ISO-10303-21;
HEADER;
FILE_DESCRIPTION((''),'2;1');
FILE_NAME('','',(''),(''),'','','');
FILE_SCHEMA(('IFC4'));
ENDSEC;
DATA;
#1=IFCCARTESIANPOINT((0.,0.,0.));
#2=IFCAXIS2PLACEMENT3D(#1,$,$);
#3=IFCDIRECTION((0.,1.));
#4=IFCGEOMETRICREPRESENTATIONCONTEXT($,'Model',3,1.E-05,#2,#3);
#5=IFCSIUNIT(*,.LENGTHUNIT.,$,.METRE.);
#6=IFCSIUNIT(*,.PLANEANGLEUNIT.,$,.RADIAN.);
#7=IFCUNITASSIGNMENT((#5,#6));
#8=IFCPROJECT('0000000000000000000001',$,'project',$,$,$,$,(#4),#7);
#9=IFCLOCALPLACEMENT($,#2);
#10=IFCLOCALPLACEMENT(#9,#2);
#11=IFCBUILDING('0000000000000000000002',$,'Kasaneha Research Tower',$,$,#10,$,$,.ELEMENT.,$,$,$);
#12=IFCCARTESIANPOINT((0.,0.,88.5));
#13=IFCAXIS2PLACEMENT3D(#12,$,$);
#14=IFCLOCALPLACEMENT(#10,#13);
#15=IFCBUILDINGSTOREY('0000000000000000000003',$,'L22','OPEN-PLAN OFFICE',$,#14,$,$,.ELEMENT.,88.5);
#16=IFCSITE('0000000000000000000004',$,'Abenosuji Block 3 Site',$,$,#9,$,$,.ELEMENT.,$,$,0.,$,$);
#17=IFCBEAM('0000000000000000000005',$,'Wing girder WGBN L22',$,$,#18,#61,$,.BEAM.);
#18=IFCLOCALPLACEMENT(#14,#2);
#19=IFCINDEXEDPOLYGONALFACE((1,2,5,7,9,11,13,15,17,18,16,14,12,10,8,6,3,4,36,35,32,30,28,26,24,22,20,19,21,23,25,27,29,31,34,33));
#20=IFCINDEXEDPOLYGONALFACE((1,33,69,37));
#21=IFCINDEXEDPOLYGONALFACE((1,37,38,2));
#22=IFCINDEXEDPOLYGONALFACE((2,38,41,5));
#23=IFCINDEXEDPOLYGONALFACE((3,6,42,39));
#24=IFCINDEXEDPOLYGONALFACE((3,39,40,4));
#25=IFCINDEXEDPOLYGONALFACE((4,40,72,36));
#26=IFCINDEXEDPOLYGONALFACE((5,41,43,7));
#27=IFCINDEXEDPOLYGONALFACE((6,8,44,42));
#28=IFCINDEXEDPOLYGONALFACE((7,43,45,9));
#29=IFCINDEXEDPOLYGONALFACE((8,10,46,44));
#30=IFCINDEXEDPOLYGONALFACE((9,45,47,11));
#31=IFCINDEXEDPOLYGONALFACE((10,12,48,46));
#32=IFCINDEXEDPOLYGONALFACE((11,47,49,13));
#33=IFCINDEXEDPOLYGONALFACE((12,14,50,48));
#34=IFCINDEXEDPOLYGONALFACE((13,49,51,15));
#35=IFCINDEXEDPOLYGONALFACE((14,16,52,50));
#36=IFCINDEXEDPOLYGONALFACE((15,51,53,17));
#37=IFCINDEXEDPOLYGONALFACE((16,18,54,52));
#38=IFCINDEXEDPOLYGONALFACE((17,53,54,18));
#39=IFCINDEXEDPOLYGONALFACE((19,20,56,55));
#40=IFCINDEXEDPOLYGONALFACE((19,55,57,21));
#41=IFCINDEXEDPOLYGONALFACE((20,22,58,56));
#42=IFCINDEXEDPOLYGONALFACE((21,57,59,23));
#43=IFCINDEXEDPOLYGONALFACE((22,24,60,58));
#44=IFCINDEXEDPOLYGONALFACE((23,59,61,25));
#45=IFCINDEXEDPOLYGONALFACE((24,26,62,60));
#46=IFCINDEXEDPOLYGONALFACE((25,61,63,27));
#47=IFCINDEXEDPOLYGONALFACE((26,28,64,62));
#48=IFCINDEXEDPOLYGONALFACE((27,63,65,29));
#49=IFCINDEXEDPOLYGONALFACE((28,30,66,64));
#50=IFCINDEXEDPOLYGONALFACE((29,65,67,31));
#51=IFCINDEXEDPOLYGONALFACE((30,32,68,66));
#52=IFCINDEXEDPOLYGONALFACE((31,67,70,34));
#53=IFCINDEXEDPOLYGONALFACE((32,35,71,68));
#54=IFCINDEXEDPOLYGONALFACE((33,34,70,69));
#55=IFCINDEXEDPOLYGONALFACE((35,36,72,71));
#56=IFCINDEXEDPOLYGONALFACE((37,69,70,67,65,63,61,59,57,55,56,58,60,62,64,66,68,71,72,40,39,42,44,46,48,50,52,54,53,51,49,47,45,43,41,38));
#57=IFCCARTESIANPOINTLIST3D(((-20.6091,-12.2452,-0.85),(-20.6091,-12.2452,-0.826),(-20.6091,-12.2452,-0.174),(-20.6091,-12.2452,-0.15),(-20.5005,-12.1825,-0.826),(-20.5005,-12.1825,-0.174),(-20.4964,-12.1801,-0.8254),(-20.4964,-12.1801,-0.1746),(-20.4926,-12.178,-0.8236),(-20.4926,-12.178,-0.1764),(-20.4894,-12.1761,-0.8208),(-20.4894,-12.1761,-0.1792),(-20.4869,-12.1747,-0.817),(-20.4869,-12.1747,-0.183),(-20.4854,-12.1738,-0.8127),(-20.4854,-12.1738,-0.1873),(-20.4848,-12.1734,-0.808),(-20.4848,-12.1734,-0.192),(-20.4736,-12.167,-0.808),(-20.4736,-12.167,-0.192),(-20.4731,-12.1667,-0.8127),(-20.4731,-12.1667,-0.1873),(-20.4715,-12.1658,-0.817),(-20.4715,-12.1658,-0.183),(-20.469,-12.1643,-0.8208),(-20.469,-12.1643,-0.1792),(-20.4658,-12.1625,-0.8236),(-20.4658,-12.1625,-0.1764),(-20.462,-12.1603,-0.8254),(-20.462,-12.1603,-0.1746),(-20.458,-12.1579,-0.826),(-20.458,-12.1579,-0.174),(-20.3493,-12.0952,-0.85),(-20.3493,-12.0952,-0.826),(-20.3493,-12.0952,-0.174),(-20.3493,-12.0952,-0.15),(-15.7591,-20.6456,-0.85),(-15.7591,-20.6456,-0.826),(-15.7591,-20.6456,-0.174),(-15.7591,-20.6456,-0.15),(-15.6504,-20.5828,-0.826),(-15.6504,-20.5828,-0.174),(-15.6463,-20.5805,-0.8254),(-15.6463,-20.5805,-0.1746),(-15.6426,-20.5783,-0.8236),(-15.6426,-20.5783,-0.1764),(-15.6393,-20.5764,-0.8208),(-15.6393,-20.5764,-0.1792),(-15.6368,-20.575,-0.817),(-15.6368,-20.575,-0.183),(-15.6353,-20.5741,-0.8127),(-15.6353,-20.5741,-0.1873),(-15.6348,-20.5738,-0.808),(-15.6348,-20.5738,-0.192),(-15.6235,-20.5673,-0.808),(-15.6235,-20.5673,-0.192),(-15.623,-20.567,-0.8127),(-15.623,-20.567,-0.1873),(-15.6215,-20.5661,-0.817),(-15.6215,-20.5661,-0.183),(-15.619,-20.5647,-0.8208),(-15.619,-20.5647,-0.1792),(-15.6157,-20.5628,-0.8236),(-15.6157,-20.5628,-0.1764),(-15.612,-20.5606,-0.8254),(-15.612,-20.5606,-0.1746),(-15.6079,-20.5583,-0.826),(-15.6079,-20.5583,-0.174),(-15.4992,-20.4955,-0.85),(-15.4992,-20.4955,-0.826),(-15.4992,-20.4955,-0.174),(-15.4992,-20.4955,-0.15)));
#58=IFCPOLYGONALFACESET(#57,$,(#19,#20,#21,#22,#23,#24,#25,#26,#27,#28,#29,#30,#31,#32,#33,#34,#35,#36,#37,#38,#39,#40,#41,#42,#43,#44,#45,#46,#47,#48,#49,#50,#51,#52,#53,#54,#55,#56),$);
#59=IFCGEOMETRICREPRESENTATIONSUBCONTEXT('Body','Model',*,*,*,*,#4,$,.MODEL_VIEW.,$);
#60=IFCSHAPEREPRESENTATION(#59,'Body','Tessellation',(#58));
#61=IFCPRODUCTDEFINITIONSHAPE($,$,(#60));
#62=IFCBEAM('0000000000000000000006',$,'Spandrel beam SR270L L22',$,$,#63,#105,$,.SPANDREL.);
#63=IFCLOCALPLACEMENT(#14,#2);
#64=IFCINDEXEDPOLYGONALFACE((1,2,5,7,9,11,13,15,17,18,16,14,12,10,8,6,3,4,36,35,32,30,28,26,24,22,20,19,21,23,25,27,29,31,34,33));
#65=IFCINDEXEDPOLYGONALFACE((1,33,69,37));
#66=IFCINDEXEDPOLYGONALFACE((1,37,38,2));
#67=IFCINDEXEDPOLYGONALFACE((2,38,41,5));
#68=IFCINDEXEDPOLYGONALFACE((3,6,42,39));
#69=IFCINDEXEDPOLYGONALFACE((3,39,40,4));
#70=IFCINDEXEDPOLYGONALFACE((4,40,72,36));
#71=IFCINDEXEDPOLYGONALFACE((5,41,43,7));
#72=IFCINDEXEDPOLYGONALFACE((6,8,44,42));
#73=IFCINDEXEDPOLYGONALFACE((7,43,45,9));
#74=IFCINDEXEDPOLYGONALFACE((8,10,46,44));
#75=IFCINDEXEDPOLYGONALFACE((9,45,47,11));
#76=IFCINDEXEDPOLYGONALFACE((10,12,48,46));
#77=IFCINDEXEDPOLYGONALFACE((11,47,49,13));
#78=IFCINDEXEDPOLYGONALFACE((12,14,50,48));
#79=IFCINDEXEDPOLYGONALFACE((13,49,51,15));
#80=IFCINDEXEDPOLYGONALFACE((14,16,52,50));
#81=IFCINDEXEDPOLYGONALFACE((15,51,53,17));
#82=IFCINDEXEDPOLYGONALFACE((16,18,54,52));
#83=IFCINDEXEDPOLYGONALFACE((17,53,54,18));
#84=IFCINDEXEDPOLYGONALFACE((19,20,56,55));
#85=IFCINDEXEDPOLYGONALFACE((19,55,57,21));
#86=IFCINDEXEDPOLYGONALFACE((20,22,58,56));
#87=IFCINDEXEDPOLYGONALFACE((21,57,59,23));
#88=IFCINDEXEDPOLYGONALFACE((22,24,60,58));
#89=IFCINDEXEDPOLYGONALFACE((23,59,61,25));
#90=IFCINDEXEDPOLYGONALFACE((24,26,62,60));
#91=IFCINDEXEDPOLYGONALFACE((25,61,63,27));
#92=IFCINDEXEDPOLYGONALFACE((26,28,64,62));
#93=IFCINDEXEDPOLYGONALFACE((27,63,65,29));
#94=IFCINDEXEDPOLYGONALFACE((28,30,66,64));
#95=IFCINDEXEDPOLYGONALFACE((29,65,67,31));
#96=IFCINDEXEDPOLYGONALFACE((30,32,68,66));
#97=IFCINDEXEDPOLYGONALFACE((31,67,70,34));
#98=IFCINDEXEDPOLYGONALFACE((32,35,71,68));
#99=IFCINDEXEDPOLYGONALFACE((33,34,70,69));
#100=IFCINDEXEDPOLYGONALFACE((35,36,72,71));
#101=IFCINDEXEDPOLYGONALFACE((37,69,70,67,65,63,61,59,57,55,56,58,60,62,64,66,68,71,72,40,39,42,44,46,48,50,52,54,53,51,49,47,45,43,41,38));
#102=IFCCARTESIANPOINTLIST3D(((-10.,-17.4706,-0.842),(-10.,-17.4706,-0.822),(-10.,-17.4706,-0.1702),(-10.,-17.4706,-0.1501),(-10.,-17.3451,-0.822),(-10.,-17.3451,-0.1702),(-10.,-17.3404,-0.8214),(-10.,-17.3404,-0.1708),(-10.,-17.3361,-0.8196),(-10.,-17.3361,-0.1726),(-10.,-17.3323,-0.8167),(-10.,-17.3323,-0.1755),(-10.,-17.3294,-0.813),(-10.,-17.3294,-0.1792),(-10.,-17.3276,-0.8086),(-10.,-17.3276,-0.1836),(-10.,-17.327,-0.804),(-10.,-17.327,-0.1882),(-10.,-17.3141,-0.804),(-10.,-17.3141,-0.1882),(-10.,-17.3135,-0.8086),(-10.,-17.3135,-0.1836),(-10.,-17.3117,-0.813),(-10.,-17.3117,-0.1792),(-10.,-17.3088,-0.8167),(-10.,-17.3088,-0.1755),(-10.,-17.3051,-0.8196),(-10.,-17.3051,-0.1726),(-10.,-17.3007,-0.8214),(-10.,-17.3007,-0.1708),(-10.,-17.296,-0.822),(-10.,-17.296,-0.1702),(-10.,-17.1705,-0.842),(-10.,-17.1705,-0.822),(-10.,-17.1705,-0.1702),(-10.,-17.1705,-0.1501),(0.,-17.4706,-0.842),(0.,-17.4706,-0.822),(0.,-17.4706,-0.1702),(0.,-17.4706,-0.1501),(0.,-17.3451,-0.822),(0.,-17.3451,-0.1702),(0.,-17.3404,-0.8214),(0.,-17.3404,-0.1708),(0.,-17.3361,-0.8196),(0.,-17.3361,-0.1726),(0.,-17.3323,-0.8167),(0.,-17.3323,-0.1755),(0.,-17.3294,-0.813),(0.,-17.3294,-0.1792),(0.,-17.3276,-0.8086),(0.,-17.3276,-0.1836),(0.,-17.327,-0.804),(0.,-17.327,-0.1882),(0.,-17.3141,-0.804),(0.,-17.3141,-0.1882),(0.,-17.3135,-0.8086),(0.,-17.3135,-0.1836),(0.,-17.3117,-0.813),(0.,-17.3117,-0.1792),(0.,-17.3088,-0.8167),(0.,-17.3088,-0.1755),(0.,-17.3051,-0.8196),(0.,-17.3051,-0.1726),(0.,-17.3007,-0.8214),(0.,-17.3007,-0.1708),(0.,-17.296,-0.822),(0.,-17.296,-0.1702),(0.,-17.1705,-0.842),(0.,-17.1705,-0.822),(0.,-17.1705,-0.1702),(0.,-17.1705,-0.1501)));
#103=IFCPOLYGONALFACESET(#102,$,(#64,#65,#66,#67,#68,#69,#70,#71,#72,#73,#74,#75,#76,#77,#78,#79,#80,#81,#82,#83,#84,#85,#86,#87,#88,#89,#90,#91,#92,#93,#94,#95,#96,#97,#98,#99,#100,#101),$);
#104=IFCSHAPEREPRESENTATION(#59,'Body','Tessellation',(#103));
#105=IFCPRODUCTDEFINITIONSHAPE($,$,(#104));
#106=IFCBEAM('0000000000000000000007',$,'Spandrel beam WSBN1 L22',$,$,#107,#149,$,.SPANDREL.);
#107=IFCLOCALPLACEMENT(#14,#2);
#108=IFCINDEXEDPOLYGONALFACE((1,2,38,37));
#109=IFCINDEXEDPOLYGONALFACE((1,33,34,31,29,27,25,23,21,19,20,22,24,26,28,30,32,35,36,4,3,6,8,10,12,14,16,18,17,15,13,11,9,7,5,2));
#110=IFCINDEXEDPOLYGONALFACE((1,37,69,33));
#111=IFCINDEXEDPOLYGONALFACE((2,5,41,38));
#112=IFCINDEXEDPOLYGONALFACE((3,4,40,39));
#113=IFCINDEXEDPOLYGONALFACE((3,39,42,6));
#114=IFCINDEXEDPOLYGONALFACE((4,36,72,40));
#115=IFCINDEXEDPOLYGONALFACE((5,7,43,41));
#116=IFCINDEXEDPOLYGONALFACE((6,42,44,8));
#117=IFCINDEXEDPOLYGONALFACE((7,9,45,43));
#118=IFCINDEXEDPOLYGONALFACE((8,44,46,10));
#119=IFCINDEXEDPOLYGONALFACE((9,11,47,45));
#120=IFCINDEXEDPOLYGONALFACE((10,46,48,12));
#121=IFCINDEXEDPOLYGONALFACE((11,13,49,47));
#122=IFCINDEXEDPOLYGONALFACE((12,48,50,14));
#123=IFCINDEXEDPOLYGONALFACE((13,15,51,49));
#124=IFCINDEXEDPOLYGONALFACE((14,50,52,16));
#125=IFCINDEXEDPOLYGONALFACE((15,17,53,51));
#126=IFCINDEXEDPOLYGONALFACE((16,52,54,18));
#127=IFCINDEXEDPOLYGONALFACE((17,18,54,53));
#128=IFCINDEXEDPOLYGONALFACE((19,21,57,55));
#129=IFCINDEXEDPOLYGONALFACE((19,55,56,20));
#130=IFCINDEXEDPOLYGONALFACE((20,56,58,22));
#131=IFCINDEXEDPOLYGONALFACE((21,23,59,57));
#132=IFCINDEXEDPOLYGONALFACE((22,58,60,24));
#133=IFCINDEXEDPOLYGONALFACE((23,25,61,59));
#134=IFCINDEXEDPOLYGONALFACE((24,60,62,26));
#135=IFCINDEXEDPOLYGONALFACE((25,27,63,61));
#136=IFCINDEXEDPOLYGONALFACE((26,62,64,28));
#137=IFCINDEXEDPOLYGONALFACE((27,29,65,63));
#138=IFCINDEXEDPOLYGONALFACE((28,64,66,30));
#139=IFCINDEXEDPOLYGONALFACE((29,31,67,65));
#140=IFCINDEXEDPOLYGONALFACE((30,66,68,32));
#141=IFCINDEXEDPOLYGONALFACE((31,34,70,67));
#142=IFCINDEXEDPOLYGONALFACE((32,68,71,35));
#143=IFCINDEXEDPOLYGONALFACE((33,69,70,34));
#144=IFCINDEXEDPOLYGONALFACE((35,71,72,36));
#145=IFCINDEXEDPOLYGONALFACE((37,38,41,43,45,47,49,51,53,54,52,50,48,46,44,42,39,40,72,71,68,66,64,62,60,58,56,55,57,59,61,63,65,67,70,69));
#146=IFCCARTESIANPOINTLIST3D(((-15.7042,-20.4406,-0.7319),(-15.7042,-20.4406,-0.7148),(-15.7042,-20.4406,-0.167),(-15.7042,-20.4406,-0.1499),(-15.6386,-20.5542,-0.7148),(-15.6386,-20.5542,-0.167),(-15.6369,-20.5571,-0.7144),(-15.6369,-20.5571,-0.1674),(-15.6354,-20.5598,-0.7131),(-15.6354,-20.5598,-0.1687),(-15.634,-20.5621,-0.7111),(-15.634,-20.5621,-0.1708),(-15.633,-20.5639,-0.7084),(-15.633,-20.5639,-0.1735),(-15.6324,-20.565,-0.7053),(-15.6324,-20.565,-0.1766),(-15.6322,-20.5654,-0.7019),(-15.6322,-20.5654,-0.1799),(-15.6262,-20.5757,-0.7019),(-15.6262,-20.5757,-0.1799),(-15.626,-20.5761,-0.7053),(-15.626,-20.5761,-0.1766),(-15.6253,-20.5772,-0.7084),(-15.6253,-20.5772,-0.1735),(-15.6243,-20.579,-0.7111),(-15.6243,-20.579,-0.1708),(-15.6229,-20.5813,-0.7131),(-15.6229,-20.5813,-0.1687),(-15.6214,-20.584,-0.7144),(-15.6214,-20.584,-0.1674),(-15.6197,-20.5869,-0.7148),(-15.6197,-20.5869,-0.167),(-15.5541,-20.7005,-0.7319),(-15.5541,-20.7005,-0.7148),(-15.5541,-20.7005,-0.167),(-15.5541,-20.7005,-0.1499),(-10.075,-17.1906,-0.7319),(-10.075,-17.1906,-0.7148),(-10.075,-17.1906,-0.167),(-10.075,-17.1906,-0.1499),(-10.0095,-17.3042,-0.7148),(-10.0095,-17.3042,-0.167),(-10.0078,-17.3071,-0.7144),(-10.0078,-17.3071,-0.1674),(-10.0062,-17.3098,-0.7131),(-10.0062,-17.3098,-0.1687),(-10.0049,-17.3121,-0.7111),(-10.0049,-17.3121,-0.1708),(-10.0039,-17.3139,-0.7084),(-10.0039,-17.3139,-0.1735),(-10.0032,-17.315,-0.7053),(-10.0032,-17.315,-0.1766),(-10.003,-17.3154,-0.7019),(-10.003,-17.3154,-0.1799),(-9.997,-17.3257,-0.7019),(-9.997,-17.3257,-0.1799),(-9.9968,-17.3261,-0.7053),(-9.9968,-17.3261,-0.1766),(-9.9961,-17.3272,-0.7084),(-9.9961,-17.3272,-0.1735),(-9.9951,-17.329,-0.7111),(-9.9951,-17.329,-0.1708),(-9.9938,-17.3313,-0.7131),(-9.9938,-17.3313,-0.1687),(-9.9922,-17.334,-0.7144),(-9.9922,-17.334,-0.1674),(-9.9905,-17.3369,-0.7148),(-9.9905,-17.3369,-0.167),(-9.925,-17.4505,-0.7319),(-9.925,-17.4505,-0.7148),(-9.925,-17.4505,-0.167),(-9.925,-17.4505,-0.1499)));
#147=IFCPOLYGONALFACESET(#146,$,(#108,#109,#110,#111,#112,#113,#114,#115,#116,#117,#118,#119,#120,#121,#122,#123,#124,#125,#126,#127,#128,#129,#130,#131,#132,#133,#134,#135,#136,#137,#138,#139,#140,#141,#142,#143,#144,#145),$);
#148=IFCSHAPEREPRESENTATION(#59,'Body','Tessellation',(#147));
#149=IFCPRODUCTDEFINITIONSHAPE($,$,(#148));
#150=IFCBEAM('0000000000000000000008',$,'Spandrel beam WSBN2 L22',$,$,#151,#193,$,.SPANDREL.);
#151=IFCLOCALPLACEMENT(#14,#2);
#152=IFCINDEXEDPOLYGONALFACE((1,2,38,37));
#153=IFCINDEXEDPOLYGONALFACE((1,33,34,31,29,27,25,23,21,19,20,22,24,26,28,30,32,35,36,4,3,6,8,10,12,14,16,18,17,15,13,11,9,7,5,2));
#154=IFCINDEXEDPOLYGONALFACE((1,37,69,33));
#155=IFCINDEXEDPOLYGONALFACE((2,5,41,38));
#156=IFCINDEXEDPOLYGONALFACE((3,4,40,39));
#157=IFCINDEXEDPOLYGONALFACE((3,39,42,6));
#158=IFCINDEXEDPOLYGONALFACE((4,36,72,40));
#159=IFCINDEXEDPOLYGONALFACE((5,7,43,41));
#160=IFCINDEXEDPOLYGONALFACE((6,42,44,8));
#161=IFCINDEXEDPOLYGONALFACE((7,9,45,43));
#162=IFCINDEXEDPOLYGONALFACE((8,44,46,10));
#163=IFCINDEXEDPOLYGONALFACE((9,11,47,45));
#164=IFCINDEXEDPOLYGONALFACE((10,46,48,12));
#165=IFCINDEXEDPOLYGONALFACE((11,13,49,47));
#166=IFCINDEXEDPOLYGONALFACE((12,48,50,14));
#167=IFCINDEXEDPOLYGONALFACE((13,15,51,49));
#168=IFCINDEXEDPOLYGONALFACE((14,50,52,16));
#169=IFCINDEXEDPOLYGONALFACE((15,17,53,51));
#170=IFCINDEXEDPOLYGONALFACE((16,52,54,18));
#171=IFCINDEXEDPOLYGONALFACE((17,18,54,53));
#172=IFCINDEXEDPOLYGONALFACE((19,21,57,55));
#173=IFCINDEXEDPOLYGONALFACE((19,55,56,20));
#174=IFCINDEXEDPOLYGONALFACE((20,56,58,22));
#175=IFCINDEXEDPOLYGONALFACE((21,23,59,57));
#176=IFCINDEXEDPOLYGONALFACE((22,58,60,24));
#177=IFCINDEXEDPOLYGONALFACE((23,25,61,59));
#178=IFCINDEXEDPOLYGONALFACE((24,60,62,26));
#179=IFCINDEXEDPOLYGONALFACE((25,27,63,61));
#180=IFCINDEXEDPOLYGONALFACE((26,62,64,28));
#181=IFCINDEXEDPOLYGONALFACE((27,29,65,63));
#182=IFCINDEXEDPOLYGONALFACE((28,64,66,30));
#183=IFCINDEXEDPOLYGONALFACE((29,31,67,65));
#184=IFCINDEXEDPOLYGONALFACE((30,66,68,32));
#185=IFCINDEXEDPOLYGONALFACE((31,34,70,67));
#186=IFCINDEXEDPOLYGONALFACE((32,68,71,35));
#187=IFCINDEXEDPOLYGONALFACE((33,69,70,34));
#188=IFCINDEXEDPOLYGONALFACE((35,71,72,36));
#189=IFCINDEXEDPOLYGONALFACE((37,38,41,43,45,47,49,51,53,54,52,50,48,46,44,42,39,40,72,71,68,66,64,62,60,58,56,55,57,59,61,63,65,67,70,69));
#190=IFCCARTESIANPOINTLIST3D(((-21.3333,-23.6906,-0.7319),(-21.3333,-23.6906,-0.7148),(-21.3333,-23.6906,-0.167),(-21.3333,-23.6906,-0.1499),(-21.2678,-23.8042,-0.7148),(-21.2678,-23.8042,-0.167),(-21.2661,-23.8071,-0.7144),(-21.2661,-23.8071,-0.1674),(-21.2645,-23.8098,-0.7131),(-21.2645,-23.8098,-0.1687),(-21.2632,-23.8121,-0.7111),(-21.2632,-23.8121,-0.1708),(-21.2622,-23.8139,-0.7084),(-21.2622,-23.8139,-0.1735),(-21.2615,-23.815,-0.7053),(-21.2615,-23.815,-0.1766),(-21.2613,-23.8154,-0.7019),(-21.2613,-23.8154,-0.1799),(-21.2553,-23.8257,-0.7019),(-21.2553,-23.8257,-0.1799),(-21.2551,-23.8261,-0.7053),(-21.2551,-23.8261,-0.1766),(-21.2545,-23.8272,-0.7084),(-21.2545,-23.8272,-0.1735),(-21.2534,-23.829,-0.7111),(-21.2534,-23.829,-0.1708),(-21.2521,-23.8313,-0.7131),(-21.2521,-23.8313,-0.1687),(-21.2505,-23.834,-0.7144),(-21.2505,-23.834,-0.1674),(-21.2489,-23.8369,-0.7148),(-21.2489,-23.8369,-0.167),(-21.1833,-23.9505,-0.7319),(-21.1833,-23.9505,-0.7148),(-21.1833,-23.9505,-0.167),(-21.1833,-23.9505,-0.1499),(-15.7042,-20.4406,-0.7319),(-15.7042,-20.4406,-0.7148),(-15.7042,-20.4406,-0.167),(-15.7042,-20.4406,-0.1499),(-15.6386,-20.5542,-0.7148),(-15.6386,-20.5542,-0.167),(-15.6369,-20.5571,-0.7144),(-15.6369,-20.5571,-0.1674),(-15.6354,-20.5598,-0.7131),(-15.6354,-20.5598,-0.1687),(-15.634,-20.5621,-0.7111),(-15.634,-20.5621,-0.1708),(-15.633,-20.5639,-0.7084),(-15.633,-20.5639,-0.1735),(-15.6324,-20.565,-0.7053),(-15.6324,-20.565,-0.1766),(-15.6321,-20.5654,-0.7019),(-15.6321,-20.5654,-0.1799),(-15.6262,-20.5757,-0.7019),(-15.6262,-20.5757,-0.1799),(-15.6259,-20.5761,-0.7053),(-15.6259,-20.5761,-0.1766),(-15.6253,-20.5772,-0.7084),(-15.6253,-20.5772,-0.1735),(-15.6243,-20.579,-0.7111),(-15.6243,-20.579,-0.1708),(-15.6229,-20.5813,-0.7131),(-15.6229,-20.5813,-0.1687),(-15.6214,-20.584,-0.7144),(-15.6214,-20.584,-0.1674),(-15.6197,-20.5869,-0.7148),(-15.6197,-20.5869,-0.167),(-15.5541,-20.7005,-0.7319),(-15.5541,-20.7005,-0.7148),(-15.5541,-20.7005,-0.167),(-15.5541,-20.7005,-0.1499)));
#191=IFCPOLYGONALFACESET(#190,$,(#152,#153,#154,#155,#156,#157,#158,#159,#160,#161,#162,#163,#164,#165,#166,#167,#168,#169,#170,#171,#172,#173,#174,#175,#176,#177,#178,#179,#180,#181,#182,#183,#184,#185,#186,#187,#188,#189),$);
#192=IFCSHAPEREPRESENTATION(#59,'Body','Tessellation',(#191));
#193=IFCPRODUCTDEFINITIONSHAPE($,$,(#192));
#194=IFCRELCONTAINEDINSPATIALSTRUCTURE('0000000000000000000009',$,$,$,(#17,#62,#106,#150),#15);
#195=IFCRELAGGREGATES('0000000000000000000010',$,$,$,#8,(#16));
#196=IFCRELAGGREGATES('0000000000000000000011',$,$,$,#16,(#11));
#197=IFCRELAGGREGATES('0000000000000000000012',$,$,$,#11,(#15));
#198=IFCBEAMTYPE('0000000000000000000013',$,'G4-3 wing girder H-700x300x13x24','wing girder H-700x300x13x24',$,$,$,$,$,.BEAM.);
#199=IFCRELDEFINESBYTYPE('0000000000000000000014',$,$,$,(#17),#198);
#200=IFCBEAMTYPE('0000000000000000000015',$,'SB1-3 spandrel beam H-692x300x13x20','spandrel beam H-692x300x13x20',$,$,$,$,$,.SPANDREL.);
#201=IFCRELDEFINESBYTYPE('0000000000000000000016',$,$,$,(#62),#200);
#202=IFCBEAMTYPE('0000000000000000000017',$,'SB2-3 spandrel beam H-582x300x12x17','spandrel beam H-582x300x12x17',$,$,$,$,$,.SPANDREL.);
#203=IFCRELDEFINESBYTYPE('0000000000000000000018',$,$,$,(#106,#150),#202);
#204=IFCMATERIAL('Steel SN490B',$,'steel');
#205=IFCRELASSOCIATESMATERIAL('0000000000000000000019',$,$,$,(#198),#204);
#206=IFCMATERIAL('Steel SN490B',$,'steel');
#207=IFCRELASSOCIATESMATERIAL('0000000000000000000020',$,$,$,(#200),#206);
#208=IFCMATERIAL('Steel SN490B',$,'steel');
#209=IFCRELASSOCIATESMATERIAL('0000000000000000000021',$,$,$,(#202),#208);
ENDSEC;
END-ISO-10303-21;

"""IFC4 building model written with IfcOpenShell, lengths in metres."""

from ifc_helpers import new_model, si_unit, direction, frame, origin, origin_2d, place, context, subcontext, project, spatial, i_section, extrude, material, material_profile, profile_set, type_object, element, save


model = new_model("IFC4")

# Units and contexts
model_context = context("Model", 3, precision=1e-05, world=origin(), true_north=direction((0.0, 1.0)))
body_context = subcontext(model_context, "Body", "Model", "MODEL_VIEW")
ifc_project = project(units=[si_unit("LENGTHUNIT", "METRE"), si_unit("PLANEANGLEUNIT", "RADIAN")], contexts=[model_context])

# Site, building, storey
site_placement = place(None, origin())
site = spatial("IfcSite", under=ifc_project, at=site_placement, Name="Abenosuji Block 3 Site", CompositionType="ELEMENT", RefElevation=0.0)
building_placement = place(site_placement, origin())
building = spatial("IfcBuilding", under=site, at=building_placement, Name="Kasaneha Research Tower", CompositionType="ELEMENT")
storey_placement = place(building_placement, frame((0.0, 0.0, 88.5)))
storey = spatial("IfcBuildingStorey", under=building, at=storey_placement, Name="L22", Description="OPEN-PLAN OFFICE", CompositionType="ELEMENT", Elevation=88.5)

# Beams
ifc_material_1 = material(Name="Steel SN490B", Category="steel")
ifc_material_profile_1 = material_profile(ifc_material_1, i_section(OverallWidth=0.3, OverallDepth=0.7, WebThickness=0.0129, FlangeThickness=0.0239, FilletRadius=0.0181, at=origin_2d()), Name="H-700x300x13x24")
ifc_profile_set_1 = profile_set([ifc_material_profile_1], Name="Steel SN490B")
beam_type_1 = type_object("IfcBeamType", Name="G4-3 wing girder H-700x300x13x24", Description="wing girder H-700x300x13x24", PredefinedType="BEAM", material=ifc_profile_set_1)
beam_1_placement = place(storey_placement, frame((-15.6292, -20.5706, -0.5), z_axis=(-0.50001, 0.86602, 0.0), x_axis=(-0.86602, -0.50001, 0.0)))
element("IfcBeam", 1, at=beam_1_placement, inside=storey, type_object=beam_type_1, Name="Wing girder WGBN L22", PredefinedType="BEAM", context=body_context, shape_type="SweptSolid", body=[
    extrude(i_section(OverallWidth=0.3, OverallDepth=0.7, WebThickness=0.0129, FlangeThickness=0.0239, FilletRadius=0.0181, at=origin_2d()), origin(), (0.0, 0.0, 1.0), 9.7),
])
ifc_material_2 = material(Name="Steel SN490B", Category="steel")
ifc_material_profile_2 = material_profile(ifc_material_2, i_section(OverallWidth=0.3, OverallDepth=0.6919, WebThickness=0.0129, FlangeThickness=0.02, FilletRadius=0.0181, at=origin_2d()), Name="H-692x300x13x20")
ifc_profile_set_2 = profile_set([ifc_material_profile_2], Name="Steel SN490B")
beam_type_2 = type_object("IfcBeamType", Name="SB1-3 spandrel beam H-692x300x13x20", Description="spandrel beam H-692x300x13x20", PredefinedType="SPANDREL", material=ifc_profile_set_2)
beam_2_placement = place(storey_placement, frame((-10.0, -17.3206, -0.4961), z_axis=(1.0, 0.0, 0.0), x_axis=(0.0, 1.0, 0.0)))
element("IfcBeam", 2, at=beam_2_placement, inside=storey, type_object=beam_type_2, Name="Spandrel beam SR270L L22", PredefinedType="SPANDREL", context=body_context, shape_type="SweptSolid", body=[
    extrude(i_section(OverallWidth=0.3, OverallDepth=0.6919, WebThickness=0.0129, FlangeThickness=0.02, FilletRadius=0.0181, at=origin_2d()), origin(), (0.0, 0.0, 1.0), 10.0),
])
ifc_material_3 = material(Name="Steel SN490B", Category="steel")
ifc_material_profile_3 = material_profile(ifc_material_3, i_section(OverallWidth=0.3, OverallDepth=0.582, WebThickness=0.012, FlangeThickness=0.0171, FilletRadius=0.0129, at=origin_2d()), Name="H-582x300x12x17")
ifc_profile_set_3 = profile_set([ifc_material_profile_3], Name="Steel SN490B")
beam_type_3 = type_object("IfcBeamType", Name="SB2-3 spandrel beam H-582x300x12x17", Description="spandrel beam H-582x300x12x17", PredefinedType="SPANDREL", material=ifc_profile_set_3)
for number, where, z_axis, x_axis, name in (
    (3, (-10.0, -17.3206, -0.4409), (-0.866025, -0.500001, 0.0), (0.500001, -0.866025, 0.0), "Spandrel beam WSBN1 L22"),
    (4, (-15.6292, -20.5706, -0.4409), (-0.866025, -0.500001, 0.0), (0.500001, -0.866025, 0.0), "Spandrel beam WSBN2 L22"),
):
    element("IfcBeam", number, at=place(storey_placement, frame(where, z_axis=z_axis, x_axis=x_axis)), inside=storey, type_object=beam_type_3, Name=name, PredefinedType="SPANDREL", context=body_context, shape_type="SweptSolid", body=[
        extrude(i_section(OverallWidth=0.3, OverallDepth=0.582, WebThickness=0.012, FlangeThickness=0.0171, FilletRadius=0.0129, at=origin_2d()), origin(), (0.0, 0.0, 1.0), 6.5),
    ])

save(model, "model.ifc")
